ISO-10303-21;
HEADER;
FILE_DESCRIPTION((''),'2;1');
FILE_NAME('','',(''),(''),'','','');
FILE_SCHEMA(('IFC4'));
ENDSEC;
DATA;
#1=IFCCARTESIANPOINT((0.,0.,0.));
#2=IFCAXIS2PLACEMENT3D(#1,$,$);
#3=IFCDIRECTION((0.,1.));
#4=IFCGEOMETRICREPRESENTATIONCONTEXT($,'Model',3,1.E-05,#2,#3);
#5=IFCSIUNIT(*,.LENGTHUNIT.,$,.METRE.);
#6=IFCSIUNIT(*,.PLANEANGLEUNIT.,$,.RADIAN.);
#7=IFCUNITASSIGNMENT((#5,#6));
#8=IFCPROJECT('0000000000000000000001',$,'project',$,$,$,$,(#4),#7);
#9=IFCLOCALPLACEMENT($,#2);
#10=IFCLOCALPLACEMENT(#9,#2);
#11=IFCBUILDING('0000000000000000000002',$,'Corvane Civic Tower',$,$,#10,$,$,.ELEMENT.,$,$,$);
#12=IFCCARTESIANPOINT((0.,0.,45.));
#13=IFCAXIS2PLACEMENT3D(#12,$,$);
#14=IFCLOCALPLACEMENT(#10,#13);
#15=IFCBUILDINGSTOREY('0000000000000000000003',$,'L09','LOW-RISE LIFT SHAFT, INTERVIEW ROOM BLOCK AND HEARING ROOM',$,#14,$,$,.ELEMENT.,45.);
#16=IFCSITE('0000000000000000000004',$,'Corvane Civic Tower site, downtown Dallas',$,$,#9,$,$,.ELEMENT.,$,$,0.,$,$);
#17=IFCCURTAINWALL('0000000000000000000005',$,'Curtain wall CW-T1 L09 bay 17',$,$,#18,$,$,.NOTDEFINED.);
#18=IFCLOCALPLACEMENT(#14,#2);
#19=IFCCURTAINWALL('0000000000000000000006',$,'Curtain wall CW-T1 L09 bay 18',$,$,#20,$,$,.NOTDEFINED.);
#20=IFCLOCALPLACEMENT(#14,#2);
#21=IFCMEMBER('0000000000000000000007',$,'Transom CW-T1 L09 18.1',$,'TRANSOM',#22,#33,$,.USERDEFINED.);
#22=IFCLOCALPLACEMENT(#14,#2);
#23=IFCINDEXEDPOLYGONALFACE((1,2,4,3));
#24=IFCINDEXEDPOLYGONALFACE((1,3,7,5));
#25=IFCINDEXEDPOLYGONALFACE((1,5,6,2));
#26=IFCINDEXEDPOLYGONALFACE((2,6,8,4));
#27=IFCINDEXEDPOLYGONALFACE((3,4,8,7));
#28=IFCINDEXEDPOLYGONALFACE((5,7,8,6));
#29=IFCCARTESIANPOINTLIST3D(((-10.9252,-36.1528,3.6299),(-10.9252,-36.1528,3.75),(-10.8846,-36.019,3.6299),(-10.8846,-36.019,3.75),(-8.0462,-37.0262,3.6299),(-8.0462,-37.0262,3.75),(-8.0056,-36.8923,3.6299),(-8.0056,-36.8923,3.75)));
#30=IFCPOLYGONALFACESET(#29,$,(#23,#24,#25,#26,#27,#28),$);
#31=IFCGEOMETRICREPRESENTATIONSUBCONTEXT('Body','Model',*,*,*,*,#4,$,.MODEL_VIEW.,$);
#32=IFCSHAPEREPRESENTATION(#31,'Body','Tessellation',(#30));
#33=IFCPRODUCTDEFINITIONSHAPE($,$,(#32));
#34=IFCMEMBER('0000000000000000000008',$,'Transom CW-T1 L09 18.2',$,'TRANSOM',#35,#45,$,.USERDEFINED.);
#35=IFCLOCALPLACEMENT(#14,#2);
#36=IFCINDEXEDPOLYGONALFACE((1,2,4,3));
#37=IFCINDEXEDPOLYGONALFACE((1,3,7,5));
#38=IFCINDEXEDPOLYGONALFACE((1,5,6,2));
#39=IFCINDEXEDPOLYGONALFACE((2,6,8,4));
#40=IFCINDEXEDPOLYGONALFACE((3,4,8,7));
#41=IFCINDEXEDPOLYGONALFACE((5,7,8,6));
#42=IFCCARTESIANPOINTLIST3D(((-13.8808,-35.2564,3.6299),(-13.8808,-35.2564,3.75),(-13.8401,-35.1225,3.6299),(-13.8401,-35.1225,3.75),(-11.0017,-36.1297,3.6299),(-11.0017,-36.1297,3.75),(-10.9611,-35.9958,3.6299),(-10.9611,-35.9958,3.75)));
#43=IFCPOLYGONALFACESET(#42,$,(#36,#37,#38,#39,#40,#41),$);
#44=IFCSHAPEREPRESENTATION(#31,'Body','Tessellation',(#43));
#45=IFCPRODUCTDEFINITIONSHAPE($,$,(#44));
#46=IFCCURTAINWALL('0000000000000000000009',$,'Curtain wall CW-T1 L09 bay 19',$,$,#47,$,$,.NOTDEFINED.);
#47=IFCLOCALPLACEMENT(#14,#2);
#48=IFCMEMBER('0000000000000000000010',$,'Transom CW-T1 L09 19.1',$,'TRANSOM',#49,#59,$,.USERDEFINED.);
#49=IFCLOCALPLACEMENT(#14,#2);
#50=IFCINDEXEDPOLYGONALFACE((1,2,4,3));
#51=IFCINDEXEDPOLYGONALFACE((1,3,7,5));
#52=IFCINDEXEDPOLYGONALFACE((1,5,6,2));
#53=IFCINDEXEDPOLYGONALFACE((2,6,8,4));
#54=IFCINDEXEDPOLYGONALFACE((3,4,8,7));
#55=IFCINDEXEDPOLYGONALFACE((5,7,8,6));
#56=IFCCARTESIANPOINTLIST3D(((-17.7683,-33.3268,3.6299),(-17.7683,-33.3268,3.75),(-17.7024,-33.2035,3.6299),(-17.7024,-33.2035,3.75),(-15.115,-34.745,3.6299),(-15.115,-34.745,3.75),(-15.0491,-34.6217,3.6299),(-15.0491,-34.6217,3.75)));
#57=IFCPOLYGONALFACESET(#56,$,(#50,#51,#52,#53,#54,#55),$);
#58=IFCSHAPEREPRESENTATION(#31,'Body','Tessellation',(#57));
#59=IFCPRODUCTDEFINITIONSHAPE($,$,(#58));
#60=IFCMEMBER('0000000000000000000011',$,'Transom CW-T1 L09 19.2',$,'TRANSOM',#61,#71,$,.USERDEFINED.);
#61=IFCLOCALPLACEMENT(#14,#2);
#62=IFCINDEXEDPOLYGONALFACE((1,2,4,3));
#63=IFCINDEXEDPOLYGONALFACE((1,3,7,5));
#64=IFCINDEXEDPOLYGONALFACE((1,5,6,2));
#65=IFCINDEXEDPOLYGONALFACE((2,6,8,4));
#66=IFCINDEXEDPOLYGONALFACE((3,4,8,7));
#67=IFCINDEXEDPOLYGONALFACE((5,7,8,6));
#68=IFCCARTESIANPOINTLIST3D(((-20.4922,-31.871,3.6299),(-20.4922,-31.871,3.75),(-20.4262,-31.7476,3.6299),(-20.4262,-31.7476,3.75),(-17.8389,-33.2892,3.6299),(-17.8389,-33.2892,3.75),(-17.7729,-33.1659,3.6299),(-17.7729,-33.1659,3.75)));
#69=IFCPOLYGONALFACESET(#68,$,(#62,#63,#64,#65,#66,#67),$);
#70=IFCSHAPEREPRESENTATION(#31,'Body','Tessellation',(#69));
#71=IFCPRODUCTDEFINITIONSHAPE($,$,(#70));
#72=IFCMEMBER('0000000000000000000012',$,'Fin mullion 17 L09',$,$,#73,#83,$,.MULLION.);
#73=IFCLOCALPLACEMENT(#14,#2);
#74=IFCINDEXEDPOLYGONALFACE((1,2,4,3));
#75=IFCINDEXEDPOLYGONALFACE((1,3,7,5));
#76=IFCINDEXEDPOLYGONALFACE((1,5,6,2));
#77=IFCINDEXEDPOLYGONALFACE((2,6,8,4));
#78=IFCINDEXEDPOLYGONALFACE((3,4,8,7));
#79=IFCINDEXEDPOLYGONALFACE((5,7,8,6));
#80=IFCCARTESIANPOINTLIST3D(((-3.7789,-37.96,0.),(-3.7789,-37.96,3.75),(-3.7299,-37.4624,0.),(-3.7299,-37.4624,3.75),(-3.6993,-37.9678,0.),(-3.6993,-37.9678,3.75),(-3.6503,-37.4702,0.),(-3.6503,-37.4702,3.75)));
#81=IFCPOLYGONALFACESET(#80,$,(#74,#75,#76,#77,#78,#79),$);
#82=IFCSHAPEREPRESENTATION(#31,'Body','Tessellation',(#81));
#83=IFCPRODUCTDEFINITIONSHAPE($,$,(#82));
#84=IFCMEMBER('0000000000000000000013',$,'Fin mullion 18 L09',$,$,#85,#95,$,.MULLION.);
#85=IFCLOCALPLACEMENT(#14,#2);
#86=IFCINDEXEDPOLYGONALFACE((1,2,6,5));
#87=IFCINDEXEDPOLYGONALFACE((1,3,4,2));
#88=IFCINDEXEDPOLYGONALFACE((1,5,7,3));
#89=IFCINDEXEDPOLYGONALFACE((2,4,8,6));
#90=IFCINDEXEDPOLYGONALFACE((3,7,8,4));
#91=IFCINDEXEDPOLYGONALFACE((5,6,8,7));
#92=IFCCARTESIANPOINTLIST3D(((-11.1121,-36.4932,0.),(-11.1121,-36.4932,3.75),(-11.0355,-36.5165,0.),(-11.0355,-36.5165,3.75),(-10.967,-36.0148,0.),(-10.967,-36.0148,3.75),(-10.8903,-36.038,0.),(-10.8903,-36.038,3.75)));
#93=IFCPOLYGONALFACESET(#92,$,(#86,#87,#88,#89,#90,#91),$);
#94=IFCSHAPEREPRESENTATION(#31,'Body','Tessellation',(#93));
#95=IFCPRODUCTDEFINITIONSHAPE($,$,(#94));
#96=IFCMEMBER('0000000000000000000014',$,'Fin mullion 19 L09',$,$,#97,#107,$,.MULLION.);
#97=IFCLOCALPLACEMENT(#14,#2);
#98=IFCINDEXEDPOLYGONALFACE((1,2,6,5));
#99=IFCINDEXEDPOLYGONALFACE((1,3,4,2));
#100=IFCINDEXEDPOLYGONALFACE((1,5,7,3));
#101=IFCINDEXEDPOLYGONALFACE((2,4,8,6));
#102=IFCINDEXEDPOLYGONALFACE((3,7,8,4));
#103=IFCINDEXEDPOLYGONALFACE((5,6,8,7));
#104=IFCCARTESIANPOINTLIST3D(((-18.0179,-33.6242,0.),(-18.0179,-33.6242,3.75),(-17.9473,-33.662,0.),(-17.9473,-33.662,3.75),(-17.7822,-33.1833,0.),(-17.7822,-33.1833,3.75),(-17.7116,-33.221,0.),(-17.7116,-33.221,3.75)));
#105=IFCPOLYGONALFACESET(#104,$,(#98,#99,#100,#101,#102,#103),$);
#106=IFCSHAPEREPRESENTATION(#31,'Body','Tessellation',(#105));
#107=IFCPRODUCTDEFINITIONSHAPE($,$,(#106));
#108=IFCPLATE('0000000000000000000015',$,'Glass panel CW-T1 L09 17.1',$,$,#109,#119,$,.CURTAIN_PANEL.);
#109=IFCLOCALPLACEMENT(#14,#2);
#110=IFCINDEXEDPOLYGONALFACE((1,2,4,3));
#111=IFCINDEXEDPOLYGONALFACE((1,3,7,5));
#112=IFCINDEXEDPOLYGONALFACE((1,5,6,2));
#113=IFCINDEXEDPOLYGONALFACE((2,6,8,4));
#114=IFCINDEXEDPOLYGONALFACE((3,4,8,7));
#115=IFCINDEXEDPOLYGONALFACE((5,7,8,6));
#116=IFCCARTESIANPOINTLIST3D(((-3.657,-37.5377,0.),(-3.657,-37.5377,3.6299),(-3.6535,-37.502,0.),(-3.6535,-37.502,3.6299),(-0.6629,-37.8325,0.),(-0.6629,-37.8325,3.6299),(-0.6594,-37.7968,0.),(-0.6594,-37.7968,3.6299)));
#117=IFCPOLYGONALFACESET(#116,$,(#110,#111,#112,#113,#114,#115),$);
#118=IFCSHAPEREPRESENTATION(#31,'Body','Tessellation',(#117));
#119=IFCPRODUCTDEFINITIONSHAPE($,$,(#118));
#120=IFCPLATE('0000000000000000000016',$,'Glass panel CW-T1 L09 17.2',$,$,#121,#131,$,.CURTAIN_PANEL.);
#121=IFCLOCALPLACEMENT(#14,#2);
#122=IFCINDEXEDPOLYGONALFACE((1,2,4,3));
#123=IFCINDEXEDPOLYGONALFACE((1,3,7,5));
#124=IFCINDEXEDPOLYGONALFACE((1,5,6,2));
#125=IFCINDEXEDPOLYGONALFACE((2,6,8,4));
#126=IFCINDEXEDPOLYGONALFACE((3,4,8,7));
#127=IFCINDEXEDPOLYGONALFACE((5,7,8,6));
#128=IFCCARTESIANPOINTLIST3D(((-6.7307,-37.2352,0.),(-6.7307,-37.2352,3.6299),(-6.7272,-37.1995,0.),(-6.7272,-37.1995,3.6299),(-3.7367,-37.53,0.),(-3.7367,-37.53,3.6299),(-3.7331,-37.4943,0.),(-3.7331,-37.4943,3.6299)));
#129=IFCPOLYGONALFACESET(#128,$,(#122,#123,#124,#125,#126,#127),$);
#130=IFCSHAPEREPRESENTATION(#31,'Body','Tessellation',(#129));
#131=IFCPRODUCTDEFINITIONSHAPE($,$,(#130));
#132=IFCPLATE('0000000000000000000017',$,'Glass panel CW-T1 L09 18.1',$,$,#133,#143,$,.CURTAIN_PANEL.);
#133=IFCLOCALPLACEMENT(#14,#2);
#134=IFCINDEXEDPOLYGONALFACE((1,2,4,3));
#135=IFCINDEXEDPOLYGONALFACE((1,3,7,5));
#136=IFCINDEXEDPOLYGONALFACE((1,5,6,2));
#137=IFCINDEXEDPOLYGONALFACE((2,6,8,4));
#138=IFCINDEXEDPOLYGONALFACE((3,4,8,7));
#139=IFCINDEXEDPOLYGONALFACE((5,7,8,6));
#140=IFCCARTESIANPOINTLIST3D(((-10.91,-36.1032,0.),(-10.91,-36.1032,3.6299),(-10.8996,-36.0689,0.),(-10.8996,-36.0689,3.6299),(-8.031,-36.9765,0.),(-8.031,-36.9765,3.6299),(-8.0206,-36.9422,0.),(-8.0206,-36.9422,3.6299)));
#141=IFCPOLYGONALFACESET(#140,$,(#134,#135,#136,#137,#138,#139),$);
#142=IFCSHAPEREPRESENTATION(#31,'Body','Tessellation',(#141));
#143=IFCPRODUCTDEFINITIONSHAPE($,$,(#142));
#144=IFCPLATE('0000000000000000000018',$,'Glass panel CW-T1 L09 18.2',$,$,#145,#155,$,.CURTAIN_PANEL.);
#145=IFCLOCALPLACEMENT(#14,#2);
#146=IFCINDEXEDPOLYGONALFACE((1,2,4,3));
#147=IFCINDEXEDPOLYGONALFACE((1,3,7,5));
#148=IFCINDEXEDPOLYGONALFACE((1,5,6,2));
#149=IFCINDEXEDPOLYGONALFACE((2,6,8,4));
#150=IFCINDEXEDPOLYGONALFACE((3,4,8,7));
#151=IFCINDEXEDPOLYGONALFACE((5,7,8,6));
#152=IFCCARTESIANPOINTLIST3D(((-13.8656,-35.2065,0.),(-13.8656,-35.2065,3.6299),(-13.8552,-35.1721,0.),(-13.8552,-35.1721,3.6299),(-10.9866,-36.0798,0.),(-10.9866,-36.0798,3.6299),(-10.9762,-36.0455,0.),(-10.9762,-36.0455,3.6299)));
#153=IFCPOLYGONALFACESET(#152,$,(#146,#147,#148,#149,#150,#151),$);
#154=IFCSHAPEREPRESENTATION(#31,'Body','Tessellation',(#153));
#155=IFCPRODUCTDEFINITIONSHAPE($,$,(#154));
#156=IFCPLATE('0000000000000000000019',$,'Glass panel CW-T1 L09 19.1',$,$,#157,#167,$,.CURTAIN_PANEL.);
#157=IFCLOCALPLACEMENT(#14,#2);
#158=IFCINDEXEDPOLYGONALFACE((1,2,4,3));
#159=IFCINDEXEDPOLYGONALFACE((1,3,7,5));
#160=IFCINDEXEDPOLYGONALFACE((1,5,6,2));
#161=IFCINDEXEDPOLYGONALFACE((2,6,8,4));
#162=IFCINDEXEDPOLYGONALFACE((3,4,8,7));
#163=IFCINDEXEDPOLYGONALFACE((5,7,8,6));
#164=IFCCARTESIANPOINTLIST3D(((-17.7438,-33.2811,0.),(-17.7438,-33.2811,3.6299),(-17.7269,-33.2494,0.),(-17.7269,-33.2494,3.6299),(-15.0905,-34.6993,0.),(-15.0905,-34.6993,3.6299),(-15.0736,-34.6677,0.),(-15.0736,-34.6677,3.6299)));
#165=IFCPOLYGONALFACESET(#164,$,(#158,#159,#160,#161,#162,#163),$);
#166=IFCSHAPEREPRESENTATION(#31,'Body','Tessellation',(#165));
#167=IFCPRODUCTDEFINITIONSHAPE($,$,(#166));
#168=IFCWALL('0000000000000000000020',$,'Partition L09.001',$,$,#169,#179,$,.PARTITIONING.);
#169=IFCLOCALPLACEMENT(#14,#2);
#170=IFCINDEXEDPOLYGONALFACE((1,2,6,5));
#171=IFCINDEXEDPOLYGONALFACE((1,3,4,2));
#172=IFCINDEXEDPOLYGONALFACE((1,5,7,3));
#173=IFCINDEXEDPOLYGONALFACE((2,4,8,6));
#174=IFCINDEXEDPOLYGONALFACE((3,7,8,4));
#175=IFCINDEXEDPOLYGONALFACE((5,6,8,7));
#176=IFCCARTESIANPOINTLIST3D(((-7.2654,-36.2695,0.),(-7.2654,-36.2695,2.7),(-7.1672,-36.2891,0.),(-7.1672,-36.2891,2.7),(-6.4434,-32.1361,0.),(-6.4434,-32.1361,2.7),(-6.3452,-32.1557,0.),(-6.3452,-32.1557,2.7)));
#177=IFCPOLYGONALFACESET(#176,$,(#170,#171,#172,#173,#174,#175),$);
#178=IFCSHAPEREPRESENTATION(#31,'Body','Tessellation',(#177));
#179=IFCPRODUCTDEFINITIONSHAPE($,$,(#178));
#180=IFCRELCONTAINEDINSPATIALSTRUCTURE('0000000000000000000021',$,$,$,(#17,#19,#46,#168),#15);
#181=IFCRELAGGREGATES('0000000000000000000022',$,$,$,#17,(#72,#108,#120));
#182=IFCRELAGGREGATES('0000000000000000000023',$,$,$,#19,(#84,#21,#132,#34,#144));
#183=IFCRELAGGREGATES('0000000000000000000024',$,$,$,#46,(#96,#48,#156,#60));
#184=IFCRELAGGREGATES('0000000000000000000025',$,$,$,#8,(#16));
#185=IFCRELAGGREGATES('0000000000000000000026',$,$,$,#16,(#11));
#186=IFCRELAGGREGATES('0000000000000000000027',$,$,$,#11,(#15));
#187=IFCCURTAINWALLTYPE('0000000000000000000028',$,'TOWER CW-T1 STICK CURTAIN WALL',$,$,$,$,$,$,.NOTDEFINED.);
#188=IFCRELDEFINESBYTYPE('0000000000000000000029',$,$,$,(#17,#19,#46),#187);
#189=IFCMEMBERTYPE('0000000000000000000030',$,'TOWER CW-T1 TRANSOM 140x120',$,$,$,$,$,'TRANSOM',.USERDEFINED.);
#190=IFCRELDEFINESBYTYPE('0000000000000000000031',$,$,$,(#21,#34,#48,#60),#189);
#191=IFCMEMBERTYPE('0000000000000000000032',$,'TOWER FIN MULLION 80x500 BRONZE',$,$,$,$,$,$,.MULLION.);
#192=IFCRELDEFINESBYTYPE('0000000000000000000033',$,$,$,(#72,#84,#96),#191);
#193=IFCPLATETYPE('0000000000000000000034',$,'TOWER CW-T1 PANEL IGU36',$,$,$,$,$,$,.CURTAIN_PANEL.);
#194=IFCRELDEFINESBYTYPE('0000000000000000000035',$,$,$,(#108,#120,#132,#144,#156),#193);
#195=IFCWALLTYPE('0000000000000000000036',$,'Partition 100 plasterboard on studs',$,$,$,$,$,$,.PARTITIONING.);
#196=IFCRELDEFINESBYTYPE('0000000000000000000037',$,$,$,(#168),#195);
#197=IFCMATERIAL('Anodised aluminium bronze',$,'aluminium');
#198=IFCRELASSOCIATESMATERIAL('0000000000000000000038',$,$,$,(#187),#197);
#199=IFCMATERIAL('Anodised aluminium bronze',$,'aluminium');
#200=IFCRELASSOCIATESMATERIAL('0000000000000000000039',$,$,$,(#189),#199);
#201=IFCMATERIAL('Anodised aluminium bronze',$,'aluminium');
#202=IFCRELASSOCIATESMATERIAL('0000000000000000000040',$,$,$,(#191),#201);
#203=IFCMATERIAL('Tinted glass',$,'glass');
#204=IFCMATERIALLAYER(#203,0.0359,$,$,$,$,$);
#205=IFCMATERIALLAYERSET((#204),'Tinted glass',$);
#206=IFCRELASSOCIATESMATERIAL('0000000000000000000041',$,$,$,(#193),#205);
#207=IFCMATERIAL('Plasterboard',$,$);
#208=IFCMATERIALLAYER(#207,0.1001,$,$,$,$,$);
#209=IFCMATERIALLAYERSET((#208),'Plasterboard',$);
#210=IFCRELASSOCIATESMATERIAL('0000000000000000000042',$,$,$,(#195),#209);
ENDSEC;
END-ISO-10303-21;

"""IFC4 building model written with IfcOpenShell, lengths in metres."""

from ifc_helpers import new_model, si_unit, direction, frame, frame_2d, origin, origin_2d, place, context, subcontext, project, spatial, rectangle, extrude, material, layer, layer_set, material_profile, profile_set, type_object, element, aggregate, save


model = new_model("IFC4")

# Units and contexts
model_context = context("Model", 3, precision=1e-05, world=origin(), true_north=direction((0.0, 1.0)))
body_context = subcontext(model_context, "Body", "Model", "MODEL_VIEW")
ifc_project = project(units=[si_unit("LENGTHUNIT", "METRE"), si_unit("PLANEANGLEUNIT", "RADIAN")], contexts=[model_context])

# Site, building, storey
site_placement = place(None, origin())
site = spatial("IfcSite", under=ifc_project, at=site_placement, Name="Corvane Civic Tower site, downtown Dallas", CompositionType="ELEMENT", RefElevation=0.0)
building_placement = place(site_placement, origin())
building = spatial("IfcBuilding", under=site, at=building_placement, Name="Corvane Civic Tower", CompositionType="ELEMENT")
storey_placement = place(building_placement, frame((0.0, 0.0, 45.0)))
storey = spatial("IfcBuildingStorey", under=building, at=storey_placement, Name="L09", Description="LOW-RISE LIFT SHAFT, INTERVIEW ROOM BLOCK AND HEARING ROOM", CompositionType="ELEMENT", Elevation=45.0)

# Curtain walls, members
ifc_material_1 = material(Name="Anodised aluminium bronze", Category="aluminium")
curtain_wall_type = type_object("IfcCurtainWallType", Name="TOWER CW-T1 STICK CURTAIN WALL", PredefinedType="NOTDEFINED", material=ifc_material_1)
curtain_wall_1_placement = place(storey_placement, origin())
curtain_wall_1 = element("IfcCurtainWall", 1, at=curtain_wall_1_placement, inside=storey, type_object=curtain_wall_type, Name="Curtain wall CW-T1 L09 bay 17", PredefinedType="NOTDEFINED")
ifc_material_2 = material(Name="Anodised aluminium bronze", Category="aluminium")
ifc_material_profile_1 = material_profile(ifc_material_2, rectangle(XDim=0.1399, YDim=0.1201, at=origin_2d()), Name="TOWER CW-T1 TRANSOM 140x120")
ifc_profile_set_1 = profile_set([ifc_material_profile_1], Name="Anodised aluminium bronze")
member_type_1 = type_object("IfcMemberType", Name="TOWER CW-T1 TRANSOM 140x120", ElementType="TRANSOM", PredefinedType="USERDEFINED", material=ifc_profile_set_1)
curtain_wall_2_placement = place(storey_placement, origin())
curtain_wall_2 = element("IfcCurtainWall", 2, at=curtain_wall_2_placement, inside=storey, type_object=curtain_wall_type, Name="Curtain wall CW-T1 L09 bay 18", PredefinedType="NOTDEFINED")
member_1_placement = place(storey_placement, frame((-8.0259, -36.9592, 3.6899), z_axis=(-0.956942, 0.29028, 0.0), x_axis=(-0.29028, -0.956942, 0.0)))
member_1 = element("IfcMember", 3, at=member_1_placement, type_object=member_type_1, Name="Transom CW-T1 L09 18.1", ObjectType="TRANSOM", PredefinedType="USERDEFINED", context=body_context, shape_type="SweptSolid", body=[
    extrude(rectangle(XDim=0.1399, YDim=0.1201, at=origin_2d()), origin(), (0.0, 0.0, 1.0), 3.0085),
])
member_2_placement = place(storey_placement, frame((-10.9814, -36.0627, 3.6899), z_axis=(-0.956942, 0.29028, 0.0), x_axis=(-0.29028, -0.956942, 0.0)))
member_2 = element("IfcMember", 4, at=member_2_placement, type_object=member_type_1, Name="Transom CW-T1 L09 18.2", ObjectType="TRANSOM", PredefinedType="USERDEFINED", context=body_context, shape_type="SweptSolid", body=[
    extrude(rectangle(XDim=0.1399, YDim=0.1201, at=origin_2d()), origin(), (0.0, 0.0, 1.0), 3.0085),
])
curtain_wall_3_placement = place(storey_placement, origin())
curtain_wall_3 = element("IfcCurtainWall", 5, at=curtain_wall_3_placement, inside=storey, type_object=curtain_wall_type, Name="Curtain wall CW-T1 L09 bay 19", PredefinedType="NOTDEFINED")
member_3_placement = place(storey_placement, frame((-15.082, -34.6833, 3.6899), z_axis=(-0.881924, 0.471393, 0.0), x_axis=(-0.471393, -0.881924, 0.0)))
member_3 = element("IfcMember", 6, at=member_3_placement, type_object=member_type_1, Name="Transom CW-T1 L09 19.1", ObjectType="TRANSOM", PredefinedType="USERDEFINED", context=body_context, shape_type="SweptSolid", body=[
    extrude(rectangle(XDim=0.1399, YDim=0.1201, at=origin_2d()), origin(), (0.0, 0.0, 1.0), 3.0085),
])
member_4_placement = place(storey_placement, frame((-17.8059, -33.2275, 3.6899), z_axis=(-0.881924, 0.471393, 0.0), x_axis=(-0.471393, -0.881924, 0.0)))
member_4 = element("IfcMember", 7, at=member_4_placement, type_object=member_type_1, Name="Transom CW-T1 L09 19.2", ObjectType="TRANSOM", PredefinedType="USERDEFINED", context=body_context, shape_type="SweptSolid", body=[
    extrude(rectangle(XDim=0.1399, YDim=0.1201, at=origin_2d()), origin(), (0.0, 0.0, 1.0), 3.0085),
])

# Members
ifc_material_3 = material(Name="Anodised aluminium bronze", Category="aluminium")
ifc_material_profile_2 = material_profile(ifc_material_3, rectangle(XDim=0.0801, YDim=0.5, at=origin_2d()), Name="TOWER FIN MULLION 80x500 BRONZE")
ifc_profile_set_2 = profile_set([ifc_material_profile_2], Name="Anodised aluminium bronze")
member_type_2 = type_object("IfcMemberType", Name="TOWER FIN MULLION 80x500 BRONZE", PredefinedType="MULLION", material=ifc_profile_set_2)
member_5_placement = place(storey_placement, frame((-3.7146, -37.7151, 0.0), z_axis=(0.0, 0.0, 1.0), x_axis=(-0.995186, 0.098006, 0.0)))
member_5 = element("IfcMember", 8, at=member_5_placement, type_object=member_type_2, Name="Fin mullion 17 L09", PredefinedType="MULLION", context=body_context, shape_type="SweptSolid", body=[
    extrude(rectangle(XDim=0.0801, YDim=0.5, at=origin_2d()), origin(), (0.0, 0.0, 1.0), 3.75),
])
member_6_placement = place(storey_placement, frame((-11.0012, -36.2656, 0.0), z_axis=(0.0, 0.0, 1.0), x_axis=(-0.956942, 0.290278, 0.0)))
member_6 = element("IfcMember", 9, at=member_6_placement, type_object=member_type_2, Name="Fin mullion 18 L09", PredefinedType="MULLION", context=body_context, shape_type="SweptSolid", body=[
    extrude(rectangle(XDim=0.0801, YDim=0.5, at=origin_2d()), origin(), (0.0, 0.0, 1.0), 3.75),
])
member_7_placement = place(storey_placement, frame((-17.8647, -33.4226, 0.0), z_axis=(0.0, 0.0, 1.0), x_axis=(-0.881918, 0.471404, 0.0)))
member_7 = element("IfcMember", 10, at=member_7_placement, type_object=member_type_2, Name="Fin mullion 19 L09", PredefinedType="MULLION", context=body_context, shape_type="SweptSolid", body=[
    extrude(rectangle(XDim=0.0801, YDim=0.5, at=origin_2d()), origin(), (0.0, 0.0, 1.0), 3.75),
])

# Plates
ifc_material_4 = material(Name="Tinted glass", Category="glass")
ifc_layer_1 = layer(ifc_material_4, 0.0359)
ifc_layer_set_1 = layer_set([ifc_layer_1], Name="Tinted glass")
plate_type = type_object("IfcPlateType", Name="TOWER CW-T1 PANEL IGU36", PredefinedType="CURTAIN_PANEL", material=ifc_layer_set_1)
plate_1_placement = place(storey_placement, frame((-2.1582, -37.6672, 0.0), z_axis=(0.0, 0.0, 1.0), x_axis=(-0.995186, 0.098006, 0.0)))
plate_1 = element("IfcPlate", 11, at=plate_1_placement, type_object=plate_type, Name="Glass panel CW-T1 L09 17.1", PredefinedType="CURTAIN_PANEL", context=body_context, shape_type="SweptSolid", body=[
    extrude(rectangle(XDim=3.0085, YDim=0.0359, at=origin_2d()), origin(), (0.0, 0.0, 1.0), 3.6299),
])
plate_2_placement = place(storey_placement, frame((-5.2319, -37.3647, 0.0), z_axis=(0.0, 0.0, 1.0), x_axis=(-0.995186, 0.098006, 0.0)))
plate_2 = element("IfcPlate", 12, at=plate_2_placement, type_object=plate_type, Name="Glass panel CW-T1 L09 17.2", PredefinedType="CURTAIN_PANEL", context=body_context, shape_type="SweptSolid", body=[
    extrude(rectangle(XDim=3.0085, YDim=0.0359, at=origin_2d()), origin(), (0.0, 0.0, 1.0), 3.6299),
])
aggregate(curtain_wall_1, [member_5, plate_1, plate_2])
plate_3_placement = place(storey_placement, frame((-9.4653, -36.5227, 0.0), z_axis=(0.0, 0.0, 1.0), x_axis=(-0.956942, 0.290278, 0.0)))
plate_3 = element("IfcPlate", 13, at=plate_3_placement, type_object=plate_type, Name="Glass panel CW-T1 L09 18.1", PredefinedType="CURTAIN_PANEL", context=body_context, shape_type="SweptSolid", body=[
    extrude(rectangle(XDim=3.0085, YDim=0.0359, at=origin_2d()), origin(), (0.0, 0.0, 1.0), 3.6299),
])
plate_4_placement = place(storey_placement, frame((-12.4209, -35.626, 0.0), z_axis=(0.0, 0.0, 1.0), x_axis=(-0.956942, 0.290278, 0.0)))
plate_4 = element("IfcPlate", 14, at=plate_4_placement, type_object=plate_type, Name="Glass panel CW-T1 L09 18.2", PredefinedType="CURTAIN_PANEL", context=body_context, shape_type="SweptSolid", body=[
    extrude(rectangle(XDim=3.0085, YDim=0.0359, at=origin_2d()), origin(), (0.0, 0.0, 1.0), 3.6299),
])
aggregate(curtain_wall_2, [member_6, member_1, plate_3, member_2, plate_4])
plate_5_placement = place(storey_placement, frame((-16.4087, -33.9744, 0.0), z_axis=(0.0, 0.0, 1.0), x_axis=(-0.881918, 0.471404, 0.0)))
plate_5 = element("IfcPlate", 15, at=plate_5_placement, type_object=plate_type, Name="Glass panel CW-T1 L09 19.1", PredefinedType="CURTAIN_PANEL", context=body_context, shape_type="SweptSolid", body=[
    extrude(rectangle(XDim=3.0085, YDim=0.0359, at=origin_2d()), origin(), (0.0, 0.0, 1.0), 3.6299),
])
aggregate(curtain_wall_3, [member_7, member_3, plate_5, member_4])

# Wall
ifc_material_5 = material(Name="Plasterboard")
ifc_layer_2 = layer(ifc_material_5, 0.1001)
ifc_layer_set_2 = layer_set([ifc_layer_2], Name="Plasterboard")
wall_type = type_object("IfcWallType", Name="Partition 100 plasterboard on studs", PredefinedType="PARTITIONING", material=ifc_layer_set_2)
wall_1_placement = place(storey_placement, frame((-7.2163, -36.2793, 0.0), z_axis=(0.0, 0.0, 1.0), x_axis=(0.195058, 0.980792, 0.0)))
element("IfcWall", 16, at=wall_1_placement, inside=storey, type_object=wall_type, Name="Partition L09.001", PredefinedType="PARTITIONING", context=body_context, shape_type="SweptSolid", body=[
    extrude(rectangle(XDim=4.2144, YDim=0.1001, at=frame_2d((2.1072, 0.0))), origin(), (0.0, 0.0, 1.0), 2.7),
])

save(model, "model.ifc")
